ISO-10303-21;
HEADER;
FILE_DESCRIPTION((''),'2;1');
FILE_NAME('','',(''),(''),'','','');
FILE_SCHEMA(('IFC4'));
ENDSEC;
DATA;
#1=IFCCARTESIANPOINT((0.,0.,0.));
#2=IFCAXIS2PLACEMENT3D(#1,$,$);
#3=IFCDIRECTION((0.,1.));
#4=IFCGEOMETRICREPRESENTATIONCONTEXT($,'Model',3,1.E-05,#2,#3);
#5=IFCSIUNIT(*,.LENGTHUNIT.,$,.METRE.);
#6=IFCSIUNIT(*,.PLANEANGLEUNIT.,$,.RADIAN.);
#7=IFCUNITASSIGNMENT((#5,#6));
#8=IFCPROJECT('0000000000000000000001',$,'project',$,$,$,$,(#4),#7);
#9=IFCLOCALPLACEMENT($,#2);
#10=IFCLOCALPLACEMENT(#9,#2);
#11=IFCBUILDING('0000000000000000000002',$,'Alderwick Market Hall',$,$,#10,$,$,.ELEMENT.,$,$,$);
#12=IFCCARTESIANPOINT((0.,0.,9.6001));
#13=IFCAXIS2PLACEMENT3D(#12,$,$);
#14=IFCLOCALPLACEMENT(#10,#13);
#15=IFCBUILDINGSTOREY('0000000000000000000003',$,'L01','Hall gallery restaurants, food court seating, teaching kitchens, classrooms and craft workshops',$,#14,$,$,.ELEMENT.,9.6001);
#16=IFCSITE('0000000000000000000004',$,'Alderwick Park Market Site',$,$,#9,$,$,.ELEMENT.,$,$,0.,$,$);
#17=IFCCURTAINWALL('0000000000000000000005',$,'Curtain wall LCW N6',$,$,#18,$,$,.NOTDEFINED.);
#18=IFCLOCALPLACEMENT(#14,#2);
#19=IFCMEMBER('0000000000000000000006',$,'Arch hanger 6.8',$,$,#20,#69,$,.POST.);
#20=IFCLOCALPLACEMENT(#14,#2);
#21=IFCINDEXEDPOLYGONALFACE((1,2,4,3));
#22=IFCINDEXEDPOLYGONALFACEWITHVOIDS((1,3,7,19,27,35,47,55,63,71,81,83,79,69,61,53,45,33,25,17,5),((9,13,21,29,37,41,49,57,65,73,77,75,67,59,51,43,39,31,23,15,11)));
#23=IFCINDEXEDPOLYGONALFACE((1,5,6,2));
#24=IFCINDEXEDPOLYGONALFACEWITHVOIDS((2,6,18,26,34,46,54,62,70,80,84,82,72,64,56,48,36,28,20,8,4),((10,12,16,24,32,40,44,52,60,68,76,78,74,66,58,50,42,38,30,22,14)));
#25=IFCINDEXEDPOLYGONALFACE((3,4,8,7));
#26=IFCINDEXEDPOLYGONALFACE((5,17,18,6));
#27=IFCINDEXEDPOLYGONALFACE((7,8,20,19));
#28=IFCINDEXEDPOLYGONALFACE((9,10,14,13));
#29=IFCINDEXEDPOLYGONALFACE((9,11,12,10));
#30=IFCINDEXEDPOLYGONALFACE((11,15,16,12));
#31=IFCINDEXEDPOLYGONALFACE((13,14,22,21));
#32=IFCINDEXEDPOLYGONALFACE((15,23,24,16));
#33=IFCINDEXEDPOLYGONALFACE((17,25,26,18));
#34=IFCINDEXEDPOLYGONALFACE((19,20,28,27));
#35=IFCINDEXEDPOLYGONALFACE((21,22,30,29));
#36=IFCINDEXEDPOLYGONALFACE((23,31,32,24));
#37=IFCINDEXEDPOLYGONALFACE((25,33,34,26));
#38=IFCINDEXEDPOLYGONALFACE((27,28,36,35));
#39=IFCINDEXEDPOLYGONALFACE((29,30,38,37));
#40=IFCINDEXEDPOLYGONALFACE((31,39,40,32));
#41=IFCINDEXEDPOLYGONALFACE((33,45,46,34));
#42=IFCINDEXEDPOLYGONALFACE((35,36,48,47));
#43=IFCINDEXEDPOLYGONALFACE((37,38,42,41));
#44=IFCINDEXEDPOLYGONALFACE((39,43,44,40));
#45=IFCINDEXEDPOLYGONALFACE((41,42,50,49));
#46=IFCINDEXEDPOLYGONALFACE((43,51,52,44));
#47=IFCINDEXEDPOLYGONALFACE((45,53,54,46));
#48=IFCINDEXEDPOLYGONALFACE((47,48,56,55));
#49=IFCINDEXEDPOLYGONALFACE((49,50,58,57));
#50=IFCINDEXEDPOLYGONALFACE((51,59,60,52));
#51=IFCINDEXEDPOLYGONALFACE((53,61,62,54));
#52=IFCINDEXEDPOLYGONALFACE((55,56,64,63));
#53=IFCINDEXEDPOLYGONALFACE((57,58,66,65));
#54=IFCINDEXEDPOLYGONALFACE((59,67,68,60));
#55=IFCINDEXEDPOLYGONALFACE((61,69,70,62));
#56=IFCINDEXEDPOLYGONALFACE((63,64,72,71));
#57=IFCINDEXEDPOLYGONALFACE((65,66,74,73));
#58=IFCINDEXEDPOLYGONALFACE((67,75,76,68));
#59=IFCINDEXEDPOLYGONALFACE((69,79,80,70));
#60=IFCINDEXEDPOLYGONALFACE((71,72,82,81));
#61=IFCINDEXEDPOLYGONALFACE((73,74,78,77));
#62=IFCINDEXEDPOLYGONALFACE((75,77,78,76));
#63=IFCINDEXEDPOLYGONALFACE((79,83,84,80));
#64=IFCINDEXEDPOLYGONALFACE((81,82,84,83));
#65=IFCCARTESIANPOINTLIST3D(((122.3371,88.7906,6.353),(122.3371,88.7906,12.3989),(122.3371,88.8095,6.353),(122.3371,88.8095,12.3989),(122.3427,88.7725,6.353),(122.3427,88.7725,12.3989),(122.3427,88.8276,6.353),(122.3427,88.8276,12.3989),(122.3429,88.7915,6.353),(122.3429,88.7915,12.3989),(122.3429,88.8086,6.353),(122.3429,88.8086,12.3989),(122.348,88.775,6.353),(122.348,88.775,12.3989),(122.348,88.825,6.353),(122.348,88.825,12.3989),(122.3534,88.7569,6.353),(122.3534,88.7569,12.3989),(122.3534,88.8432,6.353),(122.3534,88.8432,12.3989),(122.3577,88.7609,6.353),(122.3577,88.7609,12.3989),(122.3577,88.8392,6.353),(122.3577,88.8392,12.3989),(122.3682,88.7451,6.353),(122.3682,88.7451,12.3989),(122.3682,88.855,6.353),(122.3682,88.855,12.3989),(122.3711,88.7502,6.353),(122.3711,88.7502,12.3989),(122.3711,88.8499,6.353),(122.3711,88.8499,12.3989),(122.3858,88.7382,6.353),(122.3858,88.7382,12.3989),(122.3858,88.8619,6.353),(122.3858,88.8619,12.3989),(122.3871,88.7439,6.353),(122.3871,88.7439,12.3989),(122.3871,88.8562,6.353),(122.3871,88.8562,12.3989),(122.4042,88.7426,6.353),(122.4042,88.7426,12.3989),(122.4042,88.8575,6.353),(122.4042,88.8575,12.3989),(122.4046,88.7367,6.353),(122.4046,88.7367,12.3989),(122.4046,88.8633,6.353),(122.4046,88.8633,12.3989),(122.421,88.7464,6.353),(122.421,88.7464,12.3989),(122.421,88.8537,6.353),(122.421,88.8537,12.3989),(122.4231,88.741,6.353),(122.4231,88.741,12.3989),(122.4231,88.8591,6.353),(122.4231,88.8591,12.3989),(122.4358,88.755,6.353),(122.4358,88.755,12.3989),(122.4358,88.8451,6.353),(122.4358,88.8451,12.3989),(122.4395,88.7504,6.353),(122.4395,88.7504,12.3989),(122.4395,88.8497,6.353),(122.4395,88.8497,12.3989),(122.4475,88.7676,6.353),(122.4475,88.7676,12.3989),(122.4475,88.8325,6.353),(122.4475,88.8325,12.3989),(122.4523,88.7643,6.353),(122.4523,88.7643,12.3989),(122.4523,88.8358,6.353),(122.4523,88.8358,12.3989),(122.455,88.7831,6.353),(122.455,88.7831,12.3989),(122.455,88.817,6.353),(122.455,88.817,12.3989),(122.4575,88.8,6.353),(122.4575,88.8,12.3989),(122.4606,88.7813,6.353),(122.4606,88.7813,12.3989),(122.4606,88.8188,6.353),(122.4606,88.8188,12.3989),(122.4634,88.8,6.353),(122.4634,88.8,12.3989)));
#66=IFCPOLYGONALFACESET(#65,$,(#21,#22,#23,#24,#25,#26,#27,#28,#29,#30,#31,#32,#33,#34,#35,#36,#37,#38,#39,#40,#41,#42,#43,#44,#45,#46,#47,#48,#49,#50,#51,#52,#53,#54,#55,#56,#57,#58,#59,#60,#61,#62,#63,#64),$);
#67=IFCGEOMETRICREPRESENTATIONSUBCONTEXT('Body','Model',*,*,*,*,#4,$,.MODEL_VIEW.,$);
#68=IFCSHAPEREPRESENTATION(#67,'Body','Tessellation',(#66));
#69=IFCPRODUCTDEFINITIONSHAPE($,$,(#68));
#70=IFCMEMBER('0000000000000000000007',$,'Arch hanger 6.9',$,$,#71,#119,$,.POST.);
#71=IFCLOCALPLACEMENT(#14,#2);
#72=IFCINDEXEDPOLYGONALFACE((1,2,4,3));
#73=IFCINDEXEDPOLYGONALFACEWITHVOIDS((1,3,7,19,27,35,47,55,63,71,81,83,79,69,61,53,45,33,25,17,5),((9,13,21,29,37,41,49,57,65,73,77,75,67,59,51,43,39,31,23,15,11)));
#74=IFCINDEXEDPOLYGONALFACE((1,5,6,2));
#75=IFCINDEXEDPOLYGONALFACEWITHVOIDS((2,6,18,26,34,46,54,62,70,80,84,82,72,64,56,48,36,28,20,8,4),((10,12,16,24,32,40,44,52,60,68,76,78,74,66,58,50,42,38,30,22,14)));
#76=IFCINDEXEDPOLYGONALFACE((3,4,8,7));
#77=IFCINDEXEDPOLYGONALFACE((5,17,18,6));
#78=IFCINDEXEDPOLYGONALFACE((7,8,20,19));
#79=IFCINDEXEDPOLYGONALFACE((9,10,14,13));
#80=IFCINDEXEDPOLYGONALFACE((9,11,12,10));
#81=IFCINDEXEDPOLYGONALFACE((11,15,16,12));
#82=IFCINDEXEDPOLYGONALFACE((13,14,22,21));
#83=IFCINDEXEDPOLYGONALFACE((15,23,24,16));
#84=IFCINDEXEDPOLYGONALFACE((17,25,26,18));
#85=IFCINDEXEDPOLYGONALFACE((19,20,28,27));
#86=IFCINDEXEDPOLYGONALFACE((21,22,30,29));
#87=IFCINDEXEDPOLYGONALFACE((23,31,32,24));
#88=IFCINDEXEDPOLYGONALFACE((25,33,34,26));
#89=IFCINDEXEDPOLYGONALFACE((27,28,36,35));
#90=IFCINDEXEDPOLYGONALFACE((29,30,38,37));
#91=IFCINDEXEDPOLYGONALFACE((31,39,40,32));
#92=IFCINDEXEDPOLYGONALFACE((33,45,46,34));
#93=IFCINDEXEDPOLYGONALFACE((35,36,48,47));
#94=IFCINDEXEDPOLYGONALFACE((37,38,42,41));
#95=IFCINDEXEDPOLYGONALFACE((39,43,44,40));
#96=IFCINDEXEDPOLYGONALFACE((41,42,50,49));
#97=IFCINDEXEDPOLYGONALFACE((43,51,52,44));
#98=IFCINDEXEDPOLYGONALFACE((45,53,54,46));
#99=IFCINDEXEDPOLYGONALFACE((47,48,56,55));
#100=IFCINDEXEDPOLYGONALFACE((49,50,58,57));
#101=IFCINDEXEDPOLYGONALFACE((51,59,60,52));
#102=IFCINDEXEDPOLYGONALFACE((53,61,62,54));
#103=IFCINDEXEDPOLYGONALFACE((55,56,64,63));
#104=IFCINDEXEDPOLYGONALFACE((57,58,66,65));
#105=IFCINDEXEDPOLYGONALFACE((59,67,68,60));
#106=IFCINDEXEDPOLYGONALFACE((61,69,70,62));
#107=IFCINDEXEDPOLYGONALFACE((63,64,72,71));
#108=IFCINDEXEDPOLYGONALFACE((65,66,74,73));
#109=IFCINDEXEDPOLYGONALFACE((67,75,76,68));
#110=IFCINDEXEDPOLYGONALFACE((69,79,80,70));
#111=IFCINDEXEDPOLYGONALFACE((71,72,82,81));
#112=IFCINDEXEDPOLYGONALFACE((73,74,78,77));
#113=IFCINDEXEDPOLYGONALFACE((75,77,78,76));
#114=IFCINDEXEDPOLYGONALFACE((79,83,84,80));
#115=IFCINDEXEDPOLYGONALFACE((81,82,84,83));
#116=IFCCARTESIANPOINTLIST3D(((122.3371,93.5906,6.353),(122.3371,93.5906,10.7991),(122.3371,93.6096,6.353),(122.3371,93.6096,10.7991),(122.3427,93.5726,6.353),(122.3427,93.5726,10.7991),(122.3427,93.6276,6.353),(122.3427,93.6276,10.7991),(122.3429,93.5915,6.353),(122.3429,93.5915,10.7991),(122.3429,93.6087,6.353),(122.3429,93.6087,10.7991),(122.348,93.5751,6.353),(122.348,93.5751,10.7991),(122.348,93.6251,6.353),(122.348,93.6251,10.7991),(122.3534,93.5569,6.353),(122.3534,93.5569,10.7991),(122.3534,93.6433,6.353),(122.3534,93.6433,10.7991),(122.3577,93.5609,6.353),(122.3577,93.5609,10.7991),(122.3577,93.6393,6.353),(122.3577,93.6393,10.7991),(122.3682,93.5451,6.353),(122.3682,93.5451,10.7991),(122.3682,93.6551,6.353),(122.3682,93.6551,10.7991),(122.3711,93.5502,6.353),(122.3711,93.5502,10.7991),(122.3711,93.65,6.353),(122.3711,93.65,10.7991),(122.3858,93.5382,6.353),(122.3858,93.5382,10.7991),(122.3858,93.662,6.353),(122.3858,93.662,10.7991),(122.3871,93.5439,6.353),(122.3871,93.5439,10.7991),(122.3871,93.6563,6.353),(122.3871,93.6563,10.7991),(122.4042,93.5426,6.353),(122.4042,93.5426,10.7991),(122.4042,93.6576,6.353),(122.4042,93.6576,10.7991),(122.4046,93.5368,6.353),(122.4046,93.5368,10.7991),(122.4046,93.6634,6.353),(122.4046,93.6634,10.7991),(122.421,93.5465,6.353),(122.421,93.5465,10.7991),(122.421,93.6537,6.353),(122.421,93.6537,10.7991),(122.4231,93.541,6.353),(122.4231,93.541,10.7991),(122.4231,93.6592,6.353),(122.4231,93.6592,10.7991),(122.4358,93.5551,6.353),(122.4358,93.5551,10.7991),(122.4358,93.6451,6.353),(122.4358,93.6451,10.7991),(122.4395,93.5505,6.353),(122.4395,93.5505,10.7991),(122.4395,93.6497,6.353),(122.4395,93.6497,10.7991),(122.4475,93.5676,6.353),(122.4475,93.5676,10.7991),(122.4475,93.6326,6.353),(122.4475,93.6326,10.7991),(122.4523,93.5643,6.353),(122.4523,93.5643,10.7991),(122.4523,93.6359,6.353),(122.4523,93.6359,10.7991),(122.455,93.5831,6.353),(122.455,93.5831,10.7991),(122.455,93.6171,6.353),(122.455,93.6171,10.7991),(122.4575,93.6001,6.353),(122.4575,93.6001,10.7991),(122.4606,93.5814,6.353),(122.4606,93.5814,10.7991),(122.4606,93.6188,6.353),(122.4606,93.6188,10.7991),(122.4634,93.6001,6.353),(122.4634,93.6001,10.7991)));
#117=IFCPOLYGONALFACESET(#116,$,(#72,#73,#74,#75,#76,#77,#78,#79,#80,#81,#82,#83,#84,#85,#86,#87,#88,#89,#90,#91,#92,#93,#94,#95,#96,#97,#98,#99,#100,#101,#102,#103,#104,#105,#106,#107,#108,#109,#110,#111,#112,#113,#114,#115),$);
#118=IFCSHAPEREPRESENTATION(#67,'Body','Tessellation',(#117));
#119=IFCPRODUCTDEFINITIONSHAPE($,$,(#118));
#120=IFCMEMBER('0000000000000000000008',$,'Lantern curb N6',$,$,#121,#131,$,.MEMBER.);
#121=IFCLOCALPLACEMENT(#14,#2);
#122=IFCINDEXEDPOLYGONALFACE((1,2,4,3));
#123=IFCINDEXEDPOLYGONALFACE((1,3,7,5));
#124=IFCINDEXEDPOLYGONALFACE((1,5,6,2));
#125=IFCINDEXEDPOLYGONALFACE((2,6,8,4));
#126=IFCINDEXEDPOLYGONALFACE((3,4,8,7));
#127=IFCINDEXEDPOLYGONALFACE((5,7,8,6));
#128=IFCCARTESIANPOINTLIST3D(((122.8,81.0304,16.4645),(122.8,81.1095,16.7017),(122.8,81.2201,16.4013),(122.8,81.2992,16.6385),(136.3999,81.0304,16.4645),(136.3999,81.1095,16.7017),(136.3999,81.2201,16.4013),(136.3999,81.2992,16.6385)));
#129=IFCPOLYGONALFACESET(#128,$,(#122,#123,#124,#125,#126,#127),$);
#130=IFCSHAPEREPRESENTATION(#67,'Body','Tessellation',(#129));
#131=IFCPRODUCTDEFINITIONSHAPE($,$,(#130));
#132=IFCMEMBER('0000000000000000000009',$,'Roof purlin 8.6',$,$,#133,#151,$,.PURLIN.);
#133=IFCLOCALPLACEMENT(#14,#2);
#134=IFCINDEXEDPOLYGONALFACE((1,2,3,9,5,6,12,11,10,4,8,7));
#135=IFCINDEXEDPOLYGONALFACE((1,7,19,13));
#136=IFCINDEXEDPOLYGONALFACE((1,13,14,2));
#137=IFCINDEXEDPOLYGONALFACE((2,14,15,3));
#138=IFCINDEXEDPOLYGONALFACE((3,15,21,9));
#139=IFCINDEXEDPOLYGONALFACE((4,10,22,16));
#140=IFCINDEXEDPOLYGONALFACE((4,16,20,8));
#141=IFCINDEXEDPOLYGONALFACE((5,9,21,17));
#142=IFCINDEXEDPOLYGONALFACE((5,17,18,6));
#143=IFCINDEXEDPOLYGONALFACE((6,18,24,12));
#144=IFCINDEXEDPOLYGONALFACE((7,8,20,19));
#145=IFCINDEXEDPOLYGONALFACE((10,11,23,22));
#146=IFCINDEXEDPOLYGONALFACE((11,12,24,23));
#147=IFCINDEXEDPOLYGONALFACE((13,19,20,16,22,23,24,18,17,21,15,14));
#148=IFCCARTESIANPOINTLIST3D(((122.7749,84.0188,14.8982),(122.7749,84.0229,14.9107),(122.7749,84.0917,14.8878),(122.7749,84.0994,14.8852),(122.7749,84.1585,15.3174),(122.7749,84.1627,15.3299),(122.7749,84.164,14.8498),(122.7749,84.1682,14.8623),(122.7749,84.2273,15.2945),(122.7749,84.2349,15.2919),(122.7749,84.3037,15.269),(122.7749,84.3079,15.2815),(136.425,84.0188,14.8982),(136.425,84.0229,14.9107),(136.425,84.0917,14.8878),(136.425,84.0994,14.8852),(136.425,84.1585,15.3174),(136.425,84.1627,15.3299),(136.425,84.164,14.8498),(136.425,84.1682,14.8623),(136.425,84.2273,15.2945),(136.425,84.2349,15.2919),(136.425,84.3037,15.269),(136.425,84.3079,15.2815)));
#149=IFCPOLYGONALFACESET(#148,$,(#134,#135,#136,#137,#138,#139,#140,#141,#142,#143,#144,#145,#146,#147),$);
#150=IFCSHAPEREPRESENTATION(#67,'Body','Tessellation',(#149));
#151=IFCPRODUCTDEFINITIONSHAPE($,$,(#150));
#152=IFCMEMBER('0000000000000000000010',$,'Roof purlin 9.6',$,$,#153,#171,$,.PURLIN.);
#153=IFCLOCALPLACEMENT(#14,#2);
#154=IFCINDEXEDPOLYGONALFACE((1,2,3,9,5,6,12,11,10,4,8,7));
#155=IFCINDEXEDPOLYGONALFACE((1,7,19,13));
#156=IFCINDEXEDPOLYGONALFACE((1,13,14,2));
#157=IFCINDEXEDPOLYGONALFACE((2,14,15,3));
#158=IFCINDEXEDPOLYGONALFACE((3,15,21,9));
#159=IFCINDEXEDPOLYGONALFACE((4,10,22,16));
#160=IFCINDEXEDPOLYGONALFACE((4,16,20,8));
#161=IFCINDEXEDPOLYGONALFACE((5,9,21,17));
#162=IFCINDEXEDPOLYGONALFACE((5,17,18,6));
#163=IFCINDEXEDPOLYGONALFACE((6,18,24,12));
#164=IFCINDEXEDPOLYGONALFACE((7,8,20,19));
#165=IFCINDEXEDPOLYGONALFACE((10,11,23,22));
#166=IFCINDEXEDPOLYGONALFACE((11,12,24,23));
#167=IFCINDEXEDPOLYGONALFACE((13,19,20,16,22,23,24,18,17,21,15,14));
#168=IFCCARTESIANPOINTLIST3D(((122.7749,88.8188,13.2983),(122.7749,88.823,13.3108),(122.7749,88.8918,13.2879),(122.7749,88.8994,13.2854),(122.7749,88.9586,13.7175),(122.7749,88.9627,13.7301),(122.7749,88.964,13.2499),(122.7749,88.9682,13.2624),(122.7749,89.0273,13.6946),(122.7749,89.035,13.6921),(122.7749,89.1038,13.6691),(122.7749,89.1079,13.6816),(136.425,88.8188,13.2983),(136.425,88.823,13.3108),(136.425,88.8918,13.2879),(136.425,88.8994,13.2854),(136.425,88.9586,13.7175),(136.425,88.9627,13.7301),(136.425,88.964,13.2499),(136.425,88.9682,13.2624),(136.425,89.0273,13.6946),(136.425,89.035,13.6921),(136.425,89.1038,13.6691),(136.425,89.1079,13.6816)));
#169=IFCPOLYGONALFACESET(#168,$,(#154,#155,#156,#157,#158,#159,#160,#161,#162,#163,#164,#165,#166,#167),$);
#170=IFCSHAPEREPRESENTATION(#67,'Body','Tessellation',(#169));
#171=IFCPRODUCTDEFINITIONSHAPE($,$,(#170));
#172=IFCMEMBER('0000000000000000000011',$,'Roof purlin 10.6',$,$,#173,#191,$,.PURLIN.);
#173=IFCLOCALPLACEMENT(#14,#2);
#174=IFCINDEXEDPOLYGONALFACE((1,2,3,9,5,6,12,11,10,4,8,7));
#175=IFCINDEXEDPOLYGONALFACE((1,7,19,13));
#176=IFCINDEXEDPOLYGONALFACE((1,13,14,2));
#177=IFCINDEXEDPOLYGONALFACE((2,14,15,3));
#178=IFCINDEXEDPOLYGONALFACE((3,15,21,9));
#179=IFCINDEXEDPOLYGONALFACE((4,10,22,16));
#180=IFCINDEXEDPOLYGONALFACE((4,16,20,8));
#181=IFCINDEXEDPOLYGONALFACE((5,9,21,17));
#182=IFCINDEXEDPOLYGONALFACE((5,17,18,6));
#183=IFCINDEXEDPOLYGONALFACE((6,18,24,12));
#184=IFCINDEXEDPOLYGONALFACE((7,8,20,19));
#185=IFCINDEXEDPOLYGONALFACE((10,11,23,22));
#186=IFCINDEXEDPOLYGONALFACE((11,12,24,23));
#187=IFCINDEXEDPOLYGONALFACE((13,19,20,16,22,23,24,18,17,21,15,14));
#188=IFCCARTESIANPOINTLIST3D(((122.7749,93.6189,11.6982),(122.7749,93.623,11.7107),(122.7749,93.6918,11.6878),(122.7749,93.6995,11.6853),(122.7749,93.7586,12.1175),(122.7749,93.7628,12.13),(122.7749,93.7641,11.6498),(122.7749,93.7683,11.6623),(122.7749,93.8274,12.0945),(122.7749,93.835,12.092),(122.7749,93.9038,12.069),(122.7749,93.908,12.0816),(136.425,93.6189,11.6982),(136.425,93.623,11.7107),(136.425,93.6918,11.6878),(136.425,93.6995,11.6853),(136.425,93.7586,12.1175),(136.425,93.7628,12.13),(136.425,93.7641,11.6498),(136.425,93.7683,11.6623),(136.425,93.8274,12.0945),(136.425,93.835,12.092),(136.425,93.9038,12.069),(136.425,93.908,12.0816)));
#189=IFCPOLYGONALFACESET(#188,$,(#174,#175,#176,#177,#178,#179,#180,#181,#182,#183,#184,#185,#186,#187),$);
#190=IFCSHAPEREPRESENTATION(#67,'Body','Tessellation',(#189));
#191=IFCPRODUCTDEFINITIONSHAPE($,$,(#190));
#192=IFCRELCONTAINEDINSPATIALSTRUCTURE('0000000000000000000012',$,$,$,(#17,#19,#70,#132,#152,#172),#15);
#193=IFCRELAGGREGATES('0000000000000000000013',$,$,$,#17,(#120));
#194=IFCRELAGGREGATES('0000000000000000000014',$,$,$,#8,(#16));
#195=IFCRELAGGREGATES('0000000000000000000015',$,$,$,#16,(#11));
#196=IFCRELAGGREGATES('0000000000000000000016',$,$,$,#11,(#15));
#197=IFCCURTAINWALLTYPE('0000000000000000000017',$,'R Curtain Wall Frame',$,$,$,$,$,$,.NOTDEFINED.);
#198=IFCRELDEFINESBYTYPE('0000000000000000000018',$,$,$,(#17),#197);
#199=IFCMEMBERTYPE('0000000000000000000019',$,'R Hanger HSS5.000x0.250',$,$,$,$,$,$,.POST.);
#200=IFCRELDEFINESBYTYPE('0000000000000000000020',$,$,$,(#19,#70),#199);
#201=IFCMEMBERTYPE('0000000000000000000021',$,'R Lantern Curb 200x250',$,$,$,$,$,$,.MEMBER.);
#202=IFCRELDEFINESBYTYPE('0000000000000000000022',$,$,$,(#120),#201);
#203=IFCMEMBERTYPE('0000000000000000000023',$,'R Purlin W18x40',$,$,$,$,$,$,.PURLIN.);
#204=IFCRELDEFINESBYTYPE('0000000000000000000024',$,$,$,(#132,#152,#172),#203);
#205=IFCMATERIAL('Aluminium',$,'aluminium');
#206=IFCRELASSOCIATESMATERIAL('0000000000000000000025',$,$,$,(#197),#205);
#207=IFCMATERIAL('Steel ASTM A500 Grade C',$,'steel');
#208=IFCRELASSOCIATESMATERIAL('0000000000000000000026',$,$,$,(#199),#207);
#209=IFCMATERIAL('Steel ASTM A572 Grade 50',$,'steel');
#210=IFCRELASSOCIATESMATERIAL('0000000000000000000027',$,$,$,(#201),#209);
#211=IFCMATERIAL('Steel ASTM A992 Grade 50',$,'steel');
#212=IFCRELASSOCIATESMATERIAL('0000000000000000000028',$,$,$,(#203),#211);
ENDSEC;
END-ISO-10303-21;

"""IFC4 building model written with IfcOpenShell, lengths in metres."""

from ifc_helpers import new_model, si_unit, direction, frame, origin, origin_2d, place, context, subcontext, project, spatial, rectangle, hollow_circle, i_section, extrude, material, material_profile, profile_set, type_object, element, aggregate, save


model = new_model("IFC4")

# Units and contexts
model_context = context("Model", 3, precision=1e-05, world=origin(), true_north=direction((0.0, 1.0)))
body_context = subcontext(model_context, "Body", "Model", "MODEL_VIEW")
ifc_project = project(units=[si_unit("LENGTHUNIT", "METRE"), si_unit("PLANEANGLEUNIT", "RADIAN")], contexts=[model_context])

# Site, building, storey
site_placement = place(None, origin())
site = spatial("IfcSite", under=ifc_project, at=site_placement, Name="Alderwick Park Market Site", CompositionType="ELEMENT", RefElevation=0.0)
building_placement = place(site_placement, origin())
building = spatial("IfcBuilding", under=site, at=building_placement, Name="Alderwick Market Hall", CompositionType="ELEMENT")
storey_placement = place(building_placement, frame((0.0, 0.0, 9.6001)))
storey = spatial("IfcBuildingStorey", under=building, at=storey_placement, Name="L01", Description="Hall gallery restaurants, food court seating, teaching kitchens, classrooms and craft workshops", CompositionType="ELEMENT", Elevation=9.6001)

# Shared definitions
ifc_material_1 = material(Name="Aluminium", Category="aluminium")
curtain_wall_type = type_object("IfcCurtainWallType", Name="R Curtain Wall Frame", PredefinedType="NOTDEFINED", material=ifc_material_1)

# Curtain wall
curtain_wall_1_placement = place(storey_placement, origin())
curtain_wall_1 = element("IfcCurtainWall", 1, at=curtain_wall_1_placement, inside=storey, type_object=curtain_wall_type, Name="Curtain wall LCW N6", PredefinedType="NOTDEFINED")

# Members
ifc_material_2 = material(Name="Steel ASTM A500 Grade C", Category="steel")
ifc_material_profile_1 = material_profile(ifc_material_2, hollow_circle(Radius=0.0635, WallThickness=0.0059, at=origin_2d()), Name="HSS5.000x0.250")
ifc_profile_set_1 = profile_set([ifc_material_profile_1], Name="Steel ASTM A500 Grade C")
member_type_1 = type_object("IfcMemberType", Name="R Hanger HSS5.000x0.250", PredefinedType="POST", material=ifc_profile_set_1)
member_1_placement = place(storey_placement, frame((122.3999, 88.8, 6.353), z_axis=(0.0, 0.0, 1.0), x_axis=(1.0, 0.0, 0.0)))
element("IfcMember", 2, at=member_1_placement, inside=storey, type_object=member_type_1, Name="Arch hanger 6.8", PredefinedType="POST", context=body_context, shape_type="SweptSolid", body=[
    extrude(hollow_circle(Radius=0.0635, WallThickness=0.0059, at=origin_2d()), origin(), (0.0, 0.0, 1.0), 6.0459),
])
member_2_placement = place(storey_placement, frame((122.3999, 93.6001, 6.353), z_axis=(0.0, 0.0, 1.0), x_axis=(1.0, 0.0, 0.0)))
element("IfcMember", 3, at=member_2_placement, inside=storey, type_object=member_type_1, Name="Arch hanger 6.9", PredefinedType="POST", context=body_context, shape_type="SweptSolid", body=[
    extrude(hollow_circle(Radius=0.0635, WallThickness=0.0059, at=origin_2d()), origin(), (0.0, 0.0, 1.0), 4.446),
])

# Member
ifc_material_3 = material(Name="Steel ASTM A572 Grade 50", Category="steel")
ifc_material_profile_2 = material_profile(ifc_material_3, rectangle(XDim=0.2, YDim=0.25, at=origin_2d()), Name="Steel plate curb 200x250")
ifc_profile_set_2 = profile_set([ifc_material_profile_2], Name="Steel ASTM A572 Grade 50")
member_type_2 = type_object("IfcMemberType", Name="R Lantern Curb 200x250", PredefinedType="MEMBER", material=ifc_profile_set_2)
member_3_placement = place(storey_placement, frame((122.8, 81.1648, 16.5515), z_axis=(1.0, 0.0, 0.0), x_axis=(0.0, 0.948683, -0.316228)))
member_3 = element("IfcMember", 4, at=member_3_placement, type_object=member_type_2, Name="Lantern curb N6", PredefinedType="MEMBER", context=body_context, shape_type="SweptSolid", body=[
    extrude(rectangle(XDim=0.2, YDim=0.25, at=origin_2d()), origin(), (0.0, 0.0, 1.0), 13.5999),
])

# Members
ifc_material_4 = material(Name="Steel ASTM A992 Grade 50", Category="steel")
ifc_material_profile_3 = material_profile(ifc_material_4, i_section(OverallWidth=0.1531, OverallDepth=0.4551, WebThickness=0.0081, FlangeThickness=0.0132, at=origin_2d()), Name="W18x40")
ifc_profile_set_3 = profile_set([ifc_material_profile_3], Name="Steel ASTM A992 Grade 50")
member_type_3 = type_object("IfcMemberType", Name="R Purlin W18x40", PredefinedType="PURLIN", material=ifc_profile_set_3)
for number, where, z_axis, x_axis, name in (
    (5, (122.7749, 84.1633, 15.0898), (1.0, 0.0, 0.0), (0.0, 0.948683, -0.316228), "Roof purlin 8.6"),
    (6, (122.7749, 88.9634, 13.49), (1.0, 0.0, 0.0), (0.0, 0.948683, -0.316228), "Roof purlin 9.6"),
    (7, (122.7749, 93.7634, 11.8899), (1.0, 0.0, 0.0), (0.0, 0.948683, -0.316228), "Roof purlin 10.6"),
):
    element("IfcMember", number, at=place(storey_placement, frame(where, z_axis=z_axis, x_axis=x_axis)), inside=storey, type_object=member_type_3, Name=name, PredefinedType="PURLIN", context=body_context, shape_type="SweptSolid", body=[
        extrude(i_section(OverallWidth=0.1531, OverallDepth=0.4551, WebThickness=0.0081, FlangeThickness=0.0132, at=origin_2d()), origin(), (0.0, 0.0, 1.0), 13.6501),
    ])

aggregate(curtain_wall_1, [member_3])

save(model, "model.ifc")
